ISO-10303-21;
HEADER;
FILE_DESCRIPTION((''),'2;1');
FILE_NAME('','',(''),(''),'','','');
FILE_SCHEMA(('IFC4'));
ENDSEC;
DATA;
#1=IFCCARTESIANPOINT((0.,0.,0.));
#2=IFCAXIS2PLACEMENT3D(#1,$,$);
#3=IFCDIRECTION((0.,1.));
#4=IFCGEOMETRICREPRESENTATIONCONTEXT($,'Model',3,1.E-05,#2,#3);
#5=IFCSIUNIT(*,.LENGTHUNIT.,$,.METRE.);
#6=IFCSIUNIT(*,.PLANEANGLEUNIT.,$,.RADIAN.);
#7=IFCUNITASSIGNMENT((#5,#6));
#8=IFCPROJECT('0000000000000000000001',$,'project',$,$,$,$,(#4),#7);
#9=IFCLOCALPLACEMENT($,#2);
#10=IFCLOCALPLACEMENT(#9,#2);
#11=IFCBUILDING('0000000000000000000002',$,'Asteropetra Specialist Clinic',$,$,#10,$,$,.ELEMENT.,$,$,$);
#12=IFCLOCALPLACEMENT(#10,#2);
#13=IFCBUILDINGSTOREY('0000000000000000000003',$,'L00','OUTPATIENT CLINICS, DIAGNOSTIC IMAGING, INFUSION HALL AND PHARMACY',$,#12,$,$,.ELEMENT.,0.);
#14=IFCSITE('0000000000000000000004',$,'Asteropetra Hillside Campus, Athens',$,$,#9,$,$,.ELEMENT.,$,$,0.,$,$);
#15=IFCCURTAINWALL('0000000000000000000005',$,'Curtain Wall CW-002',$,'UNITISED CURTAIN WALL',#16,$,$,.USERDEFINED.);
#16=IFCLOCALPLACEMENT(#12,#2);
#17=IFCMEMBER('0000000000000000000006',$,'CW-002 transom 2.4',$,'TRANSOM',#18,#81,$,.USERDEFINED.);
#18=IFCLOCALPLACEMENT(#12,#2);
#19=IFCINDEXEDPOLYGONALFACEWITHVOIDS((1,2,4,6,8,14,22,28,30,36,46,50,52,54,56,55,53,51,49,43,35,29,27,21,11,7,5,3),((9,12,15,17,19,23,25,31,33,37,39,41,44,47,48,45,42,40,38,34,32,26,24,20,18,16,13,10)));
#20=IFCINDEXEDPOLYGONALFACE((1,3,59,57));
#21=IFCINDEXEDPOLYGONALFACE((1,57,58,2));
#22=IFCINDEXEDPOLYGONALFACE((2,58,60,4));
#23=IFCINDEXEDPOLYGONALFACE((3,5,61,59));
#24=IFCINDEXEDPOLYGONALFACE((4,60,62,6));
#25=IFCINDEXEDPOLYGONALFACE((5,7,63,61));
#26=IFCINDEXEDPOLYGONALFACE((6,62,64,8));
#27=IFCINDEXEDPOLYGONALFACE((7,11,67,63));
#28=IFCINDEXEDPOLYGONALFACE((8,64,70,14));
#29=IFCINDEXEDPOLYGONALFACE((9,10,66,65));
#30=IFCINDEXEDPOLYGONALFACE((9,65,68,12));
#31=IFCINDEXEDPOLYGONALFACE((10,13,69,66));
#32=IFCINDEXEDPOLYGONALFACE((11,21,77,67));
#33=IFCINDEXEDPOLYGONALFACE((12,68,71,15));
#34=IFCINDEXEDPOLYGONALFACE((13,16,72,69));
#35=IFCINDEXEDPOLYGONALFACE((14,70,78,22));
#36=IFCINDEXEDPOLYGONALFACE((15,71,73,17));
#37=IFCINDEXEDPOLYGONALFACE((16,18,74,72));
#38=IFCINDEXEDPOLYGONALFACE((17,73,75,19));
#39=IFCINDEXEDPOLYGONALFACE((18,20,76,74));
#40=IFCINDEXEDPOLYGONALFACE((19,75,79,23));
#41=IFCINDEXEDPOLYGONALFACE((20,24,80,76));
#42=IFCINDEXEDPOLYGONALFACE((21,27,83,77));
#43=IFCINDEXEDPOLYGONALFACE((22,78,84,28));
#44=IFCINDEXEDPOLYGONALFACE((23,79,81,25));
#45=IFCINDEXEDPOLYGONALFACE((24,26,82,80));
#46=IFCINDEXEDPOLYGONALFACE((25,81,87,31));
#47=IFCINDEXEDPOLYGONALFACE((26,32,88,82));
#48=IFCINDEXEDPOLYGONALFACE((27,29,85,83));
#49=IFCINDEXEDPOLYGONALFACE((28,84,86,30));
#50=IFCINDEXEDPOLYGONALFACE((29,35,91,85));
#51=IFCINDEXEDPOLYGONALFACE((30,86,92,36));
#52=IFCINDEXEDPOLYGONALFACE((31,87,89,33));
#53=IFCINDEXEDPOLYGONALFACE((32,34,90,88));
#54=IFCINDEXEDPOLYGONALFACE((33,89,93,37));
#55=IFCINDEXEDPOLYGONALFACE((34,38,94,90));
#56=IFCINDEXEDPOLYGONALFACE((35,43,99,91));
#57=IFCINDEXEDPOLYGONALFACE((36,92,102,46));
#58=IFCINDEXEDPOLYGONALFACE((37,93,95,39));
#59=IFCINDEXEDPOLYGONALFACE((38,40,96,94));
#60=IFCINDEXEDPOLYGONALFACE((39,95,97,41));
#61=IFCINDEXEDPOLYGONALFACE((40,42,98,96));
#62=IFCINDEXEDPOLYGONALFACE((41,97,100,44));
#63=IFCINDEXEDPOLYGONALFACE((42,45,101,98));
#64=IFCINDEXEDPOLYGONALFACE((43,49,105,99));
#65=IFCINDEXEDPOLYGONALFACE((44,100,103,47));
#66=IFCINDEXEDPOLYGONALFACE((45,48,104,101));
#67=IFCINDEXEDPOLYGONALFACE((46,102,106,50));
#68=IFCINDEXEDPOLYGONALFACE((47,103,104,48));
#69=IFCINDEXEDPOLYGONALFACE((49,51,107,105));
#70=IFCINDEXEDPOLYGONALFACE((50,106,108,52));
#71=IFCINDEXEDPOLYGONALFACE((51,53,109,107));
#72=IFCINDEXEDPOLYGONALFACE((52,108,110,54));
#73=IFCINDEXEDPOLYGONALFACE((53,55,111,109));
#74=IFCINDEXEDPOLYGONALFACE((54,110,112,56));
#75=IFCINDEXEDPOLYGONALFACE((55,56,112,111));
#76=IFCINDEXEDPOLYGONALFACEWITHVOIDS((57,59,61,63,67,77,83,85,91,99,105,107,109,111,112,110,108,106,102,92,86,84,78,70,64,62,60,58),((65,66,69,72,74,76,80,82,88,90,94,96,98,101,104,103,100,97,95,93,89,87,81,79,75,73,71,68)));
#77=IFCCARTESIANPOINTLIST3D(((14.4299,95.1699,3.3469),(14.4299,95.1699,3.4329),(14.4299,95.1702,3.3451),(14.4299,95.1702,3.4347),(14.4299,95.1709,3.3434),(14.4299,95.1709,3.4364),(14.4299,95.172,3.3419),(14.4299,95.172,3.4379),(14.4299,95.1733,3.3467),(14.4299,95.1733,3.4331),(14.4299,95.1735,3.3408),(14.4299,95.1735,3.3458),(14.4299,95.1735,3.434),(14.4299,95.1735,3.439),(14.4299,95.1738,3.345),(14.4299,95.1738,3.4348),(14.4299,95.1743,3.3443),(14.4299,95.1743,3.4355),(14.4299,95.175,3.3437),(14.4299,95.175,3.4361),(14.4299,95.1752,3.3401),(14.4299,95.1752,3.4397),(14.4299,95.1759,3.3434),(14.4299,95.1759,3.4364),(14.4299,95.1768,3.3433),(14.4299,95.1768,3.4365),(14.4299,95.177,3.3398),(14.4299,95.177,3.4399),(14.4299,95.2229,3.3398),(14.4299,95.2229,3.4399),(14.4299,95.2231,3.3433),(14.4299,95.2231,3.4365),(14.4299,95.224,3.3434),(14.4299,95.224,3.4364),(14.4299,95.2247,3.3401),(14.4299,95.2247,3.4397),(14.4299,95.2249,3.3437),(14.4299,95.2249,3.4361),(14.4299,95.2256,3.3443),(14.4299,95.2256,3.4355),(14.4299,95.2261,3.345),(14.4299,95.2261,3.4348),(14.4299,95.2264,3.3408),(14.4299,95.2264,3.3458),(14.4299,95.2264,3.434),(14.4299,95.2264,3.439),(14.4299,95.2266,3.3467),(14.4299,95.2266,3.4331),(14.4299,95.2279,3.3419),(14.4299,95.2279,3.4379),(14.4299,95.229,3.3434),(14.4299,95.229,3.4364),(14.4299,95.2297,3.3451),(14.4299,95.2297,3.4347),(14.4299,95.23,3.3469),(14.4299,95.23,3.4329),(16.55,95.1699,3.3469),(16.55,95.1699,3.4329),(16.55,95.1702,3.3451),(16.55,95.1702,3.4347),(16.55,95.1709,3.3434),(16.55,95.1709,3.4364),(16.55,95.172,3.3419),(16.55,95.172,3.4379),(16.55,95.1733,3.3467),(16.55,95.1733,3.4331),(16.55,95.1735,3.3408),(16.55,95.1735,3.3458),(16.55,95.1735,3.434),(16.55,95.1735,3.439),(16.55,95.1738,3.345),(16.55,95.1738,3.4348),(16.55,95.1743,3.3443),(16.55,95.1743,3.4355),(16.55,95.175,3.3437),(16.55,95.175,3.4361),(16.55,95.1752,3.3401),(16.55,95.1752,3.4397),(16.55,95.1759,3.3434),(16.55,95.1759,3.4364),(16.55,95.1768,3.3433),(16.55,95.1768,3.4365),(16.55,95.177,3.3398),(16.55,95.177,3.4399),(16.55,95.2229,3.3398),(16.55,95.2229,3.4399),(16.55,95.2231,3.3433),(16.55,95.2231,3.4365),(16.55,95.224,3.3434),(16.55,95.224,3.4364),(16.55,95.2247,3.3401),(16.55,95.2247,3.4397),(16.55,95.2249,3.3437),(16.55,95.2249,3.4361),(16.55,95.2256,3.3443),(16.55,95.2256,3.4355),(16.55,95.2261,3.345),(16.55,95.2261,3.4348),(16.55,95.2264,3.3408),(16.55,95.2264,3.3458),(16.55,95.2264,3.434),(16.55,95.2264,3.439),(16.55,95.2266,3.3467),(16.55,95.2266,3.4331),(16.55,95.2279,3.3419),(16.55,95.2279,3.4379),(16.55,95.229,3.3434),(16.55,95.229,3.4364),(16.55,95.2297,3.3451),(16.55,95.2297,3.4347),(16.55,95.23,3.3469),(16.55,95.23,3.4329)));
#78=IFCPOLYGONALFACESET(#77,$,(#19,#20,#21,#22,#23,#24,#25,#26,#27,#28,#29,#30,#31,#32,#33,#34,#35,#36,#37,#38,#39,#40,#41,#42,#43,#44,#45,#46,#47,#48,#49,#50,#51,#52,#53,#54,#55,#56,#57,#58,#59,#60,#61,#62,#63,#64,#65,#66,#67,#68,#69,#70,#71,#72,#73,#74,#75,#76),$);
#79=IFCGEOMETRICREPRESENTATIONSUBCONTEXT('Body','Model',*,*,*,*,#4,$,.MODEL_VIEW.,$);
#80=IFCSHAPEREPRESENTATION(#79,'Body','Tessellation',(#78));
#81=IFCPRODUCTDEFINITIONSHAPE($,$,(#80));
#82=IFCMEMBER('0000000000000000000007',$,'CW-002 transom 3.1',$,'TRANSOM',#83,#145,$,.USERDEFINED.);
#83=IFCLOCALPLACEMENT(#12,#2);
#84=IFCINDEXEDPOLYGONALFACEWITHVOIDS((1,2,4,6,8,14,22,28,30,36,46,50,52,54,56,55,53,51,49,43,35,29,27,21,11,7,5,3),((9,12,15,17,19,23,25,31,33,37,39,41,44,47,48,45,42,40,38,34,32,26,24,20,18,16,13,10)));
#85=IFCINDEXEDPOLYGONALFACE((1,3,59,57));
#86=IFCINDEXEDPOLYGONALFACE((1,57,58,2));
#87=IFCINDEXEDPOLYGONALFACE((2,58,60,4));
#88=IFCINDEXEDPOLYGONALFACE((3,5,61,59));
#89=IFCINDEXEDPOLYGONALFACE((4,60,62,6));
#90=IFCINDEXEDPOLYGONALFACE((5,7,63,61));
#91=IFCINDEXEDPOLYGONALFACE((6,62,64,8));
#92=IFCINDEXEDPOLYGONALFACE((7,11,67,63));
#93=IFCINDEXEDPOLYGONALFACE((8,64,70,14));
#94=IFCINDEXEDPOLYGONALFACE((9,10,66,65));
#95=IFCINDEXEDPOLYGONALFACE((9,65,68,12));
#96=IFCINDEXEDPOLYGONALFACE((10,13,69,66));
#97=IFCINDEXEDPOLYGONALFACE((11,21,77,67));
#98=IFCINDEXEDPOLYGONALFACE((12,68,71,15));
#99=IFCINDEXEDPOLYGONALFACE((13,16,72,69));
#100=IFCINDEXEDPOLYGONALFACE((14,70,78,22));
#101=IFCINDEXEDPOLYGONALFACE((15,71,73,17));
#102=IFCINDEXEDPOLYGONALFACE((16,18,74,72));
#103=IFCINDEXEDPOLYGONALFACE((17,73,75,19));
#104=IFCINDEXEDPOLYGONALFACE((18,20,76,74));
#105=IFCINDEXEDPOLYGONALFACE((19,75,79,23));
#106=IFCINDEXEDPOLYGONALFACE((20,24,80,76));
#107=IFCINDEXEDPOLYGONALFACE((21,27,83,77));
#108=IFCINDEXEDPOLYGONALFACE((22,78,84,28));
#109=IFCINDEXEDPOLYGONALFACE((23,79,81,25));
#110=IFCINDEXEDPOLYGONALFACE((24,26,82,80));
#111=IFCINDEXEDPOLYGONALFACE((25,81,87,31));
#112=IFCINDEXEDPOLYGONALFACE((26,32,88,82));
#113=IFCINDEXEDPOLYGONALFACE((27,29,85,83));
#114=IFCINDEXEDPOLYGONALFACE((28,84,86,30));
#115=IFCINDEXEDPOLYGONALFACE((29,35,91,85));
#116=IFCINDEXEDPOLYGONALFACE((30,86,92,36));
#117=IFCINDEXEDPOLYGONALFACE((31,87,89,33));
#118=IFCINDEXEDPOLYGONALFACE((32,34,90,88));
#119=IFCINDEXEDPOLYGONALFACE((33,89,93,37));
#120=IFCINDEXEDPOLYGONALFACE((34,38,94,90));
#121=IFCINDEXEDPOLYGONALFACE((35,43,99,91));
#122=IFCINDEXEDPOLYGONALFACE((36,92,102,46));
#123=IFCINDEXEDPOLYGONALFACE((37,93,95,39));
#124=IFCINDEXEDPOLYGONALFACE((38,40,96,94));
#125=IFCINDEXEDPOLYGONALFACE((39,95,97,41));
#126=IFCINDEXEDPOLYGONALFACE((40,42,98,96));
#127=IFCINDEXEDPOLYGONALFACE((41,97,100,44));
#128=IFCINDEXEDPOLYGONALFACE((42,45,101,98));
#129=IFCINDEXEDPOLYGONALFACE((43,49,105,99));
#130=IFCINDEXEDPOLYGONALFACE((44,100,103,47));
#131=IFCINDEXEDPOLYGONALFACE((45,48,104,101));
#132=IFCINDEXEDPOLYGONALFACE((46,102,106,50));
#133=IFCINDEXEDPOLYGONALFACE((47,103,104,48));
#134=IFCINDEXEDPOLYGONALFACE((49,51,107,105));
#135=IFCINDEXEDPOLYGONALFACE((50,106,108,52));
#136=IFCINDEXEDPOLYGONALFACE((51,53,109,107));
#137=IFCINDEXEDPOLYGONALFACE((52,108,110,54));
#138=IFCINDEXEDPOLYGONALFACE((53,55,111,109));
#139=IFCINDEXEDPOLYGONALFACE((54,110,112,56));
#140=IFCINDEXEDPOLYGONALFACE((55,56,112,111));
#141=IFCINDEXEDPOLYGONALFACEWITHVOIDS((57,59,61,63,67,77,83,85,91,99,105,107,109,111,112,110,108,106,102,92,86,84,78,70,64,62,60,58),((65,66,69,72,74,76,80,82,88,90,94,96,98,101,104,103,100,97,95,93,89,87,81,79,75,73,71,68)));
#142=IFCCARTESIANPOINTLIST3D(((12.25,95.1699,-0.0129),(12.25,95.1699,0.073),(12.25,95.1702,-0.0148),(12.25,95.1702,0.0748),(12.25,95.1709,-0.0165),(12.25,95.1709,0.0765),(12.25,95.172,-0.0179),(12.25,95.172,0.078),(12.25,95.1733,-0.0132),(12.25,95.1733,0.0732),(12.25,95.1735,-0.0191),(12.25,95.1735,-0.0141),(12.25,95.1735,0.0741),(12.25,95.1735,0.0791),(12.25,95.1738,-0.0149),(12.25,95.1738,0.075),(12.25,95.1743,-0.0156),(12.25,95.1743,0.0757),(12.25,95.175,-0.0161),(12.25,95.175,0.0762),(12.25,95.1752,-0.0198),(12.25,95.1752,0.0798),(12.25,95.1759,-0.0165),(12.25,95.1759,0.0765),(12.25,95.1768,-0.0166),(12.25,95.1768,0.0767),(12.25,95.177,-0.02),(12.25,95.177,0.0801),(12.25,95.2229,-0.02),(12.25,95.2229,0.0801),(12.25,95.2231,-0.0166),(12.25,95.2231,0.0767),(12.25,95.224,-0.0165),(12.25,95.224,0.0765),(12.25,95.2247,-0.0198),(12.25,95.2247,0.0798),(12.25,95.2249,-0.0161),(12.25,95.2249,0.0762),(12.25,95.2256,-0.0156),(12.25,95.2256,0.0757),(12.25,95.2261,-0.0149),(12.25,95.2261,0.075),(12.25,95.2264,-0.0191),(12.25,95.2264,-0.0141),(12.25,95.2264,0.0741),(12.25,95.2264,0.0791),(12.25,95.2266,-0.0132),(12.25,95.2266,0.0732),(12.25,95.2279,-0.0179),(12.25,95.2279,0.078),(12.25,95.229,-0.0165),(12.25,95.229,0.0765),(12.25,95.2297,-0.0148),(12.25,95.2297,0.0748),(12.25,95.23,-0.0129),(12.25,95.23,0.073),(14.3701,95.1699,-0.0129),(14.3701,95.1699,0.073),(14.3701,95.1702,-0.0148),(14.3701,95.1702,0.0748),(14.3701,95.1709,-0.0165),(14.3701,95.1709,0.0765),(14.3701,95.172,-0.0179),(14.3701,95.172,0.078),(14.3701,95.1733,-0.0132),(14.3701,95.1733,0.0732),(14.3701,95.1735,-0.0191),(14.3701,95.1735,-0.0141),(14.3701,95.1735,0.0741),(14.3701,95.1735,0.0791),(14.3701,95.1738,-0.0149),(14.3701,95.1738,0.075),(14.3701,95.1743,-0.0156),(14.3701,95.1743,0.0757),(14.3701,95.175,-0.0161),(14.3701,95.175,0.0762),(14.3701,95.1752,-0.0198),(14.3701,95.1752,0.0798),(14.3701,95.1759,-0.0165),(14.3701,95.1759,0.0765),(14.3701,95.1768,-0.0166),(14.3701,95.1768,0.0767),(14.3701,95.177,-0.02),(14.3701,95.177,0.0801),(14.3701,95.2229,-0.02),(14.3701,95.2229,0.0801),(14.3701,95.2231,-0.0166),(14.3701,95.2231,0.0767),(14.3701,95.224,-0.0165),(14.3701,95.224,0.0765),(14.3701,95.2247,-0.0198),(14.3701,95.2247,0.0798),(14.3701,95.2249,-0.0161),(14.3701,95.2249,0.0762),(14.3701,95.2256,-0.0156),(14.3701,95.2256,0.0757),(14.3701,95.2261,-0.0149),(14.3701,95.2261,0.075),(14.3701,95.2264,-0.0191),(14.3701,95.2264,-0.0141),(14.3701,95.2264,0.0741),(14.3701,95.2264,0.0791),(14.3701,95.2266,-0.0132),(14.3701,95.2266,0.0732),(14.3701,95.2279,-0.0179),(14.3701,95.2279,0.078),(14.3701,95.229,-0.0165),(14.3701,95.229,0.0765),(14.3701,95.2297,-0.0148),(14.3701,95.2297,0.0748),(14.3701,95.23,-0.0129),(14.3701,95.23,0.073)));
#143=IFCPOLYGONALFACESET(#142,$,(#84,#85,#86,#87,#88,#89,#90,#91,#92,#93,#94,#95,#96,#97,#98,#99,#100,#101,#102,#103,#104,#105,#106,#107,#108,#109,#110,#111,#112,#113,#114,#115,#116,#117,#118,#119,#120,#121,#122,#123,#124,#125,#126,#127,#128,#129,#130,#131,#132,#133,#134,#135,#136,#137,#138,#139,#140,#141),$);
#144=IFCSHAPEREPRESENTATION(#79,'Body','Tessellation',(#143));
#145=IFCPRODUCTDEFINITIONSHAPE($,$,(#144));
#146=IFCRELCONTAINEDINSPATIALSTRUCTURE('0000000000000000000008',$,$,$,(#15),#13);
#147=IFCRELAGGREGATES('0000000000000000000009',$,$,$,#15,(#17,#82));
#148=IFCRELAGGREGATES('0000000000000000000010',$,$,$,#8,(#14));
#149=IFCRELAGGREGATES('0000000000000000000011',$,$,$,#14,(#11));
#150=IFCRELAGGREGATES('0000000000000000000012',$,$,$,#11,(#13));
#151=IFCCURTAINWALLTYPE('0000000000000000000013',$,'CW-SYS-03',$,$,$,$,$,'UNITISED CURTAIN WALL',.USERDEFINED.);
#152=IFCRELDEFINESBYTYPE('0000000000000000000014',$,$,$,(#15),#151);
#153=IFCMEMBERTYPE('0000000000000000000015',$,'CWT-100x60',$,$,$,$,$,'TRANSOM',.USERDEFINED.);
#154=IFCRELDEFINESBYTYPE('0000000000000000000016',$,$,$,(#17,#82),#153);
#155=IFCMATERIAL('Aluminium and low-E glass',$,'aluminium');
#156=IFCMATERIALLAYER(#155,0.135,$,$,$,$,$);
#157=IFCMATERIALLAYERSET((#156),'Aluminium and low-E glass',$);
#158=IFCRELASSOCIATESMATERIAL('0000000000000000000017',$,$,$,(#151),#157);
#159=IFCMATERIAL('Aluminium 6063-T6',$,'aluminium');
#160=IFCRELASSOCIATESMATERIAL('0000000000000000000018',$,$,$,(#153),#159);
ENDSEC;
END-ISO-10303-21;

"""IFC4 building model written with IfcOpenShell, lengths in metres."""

from ifc_helpers import new_model, si_unit, direction, frame, origin, origin_2d, place, context, subcontext, project, spatial, hollow_rectangle, extrude, material, layer, layer_set, material_profile, profile_set, type_object, element, aggregate, save


model = new_model("IFC4")

# Units and contexts
model_context = context("Model", 3, precision=1e-05, world=origin(), true_north=direction((0.0, 1.0)))
body_context = subcontext(model_context, "Body", "Model", "MODEL_VIEW")
ifc_project = project(units=[si_unit("LENGTHUNIT", "METRE"), si_unit("PLANEANGLEUNIT", "RADIAN")], contexts=[model_context])

# Site, building, storey
site_placement = place(None, origin())
site = spatial("IfcSite", under=ifc_project, at=site_placement, Name="Asteropetra Hillside Campus, Athens", CompositionType="ELEMENT", RefElevation=0.0)
building_placement = place(site_placement, origin())
building = spatial("IfcBuilding", under=site, at=building_placement, Name="Asteropetra Specialist Clinic", CompositionType="ELEMENT")
storey_placement = place(building_placement, origin())
storey = spatial("IfcBuildingStorey", under=building, at=storey_placement, Name="L00", Description="OUTPATIENT CLINICS, DIAGNOSTIC IMAGING, INFUSION HALL AND PHARMACY", CompositionType="ELEMENT", Elevation=0.0)

# Curtain wall
ifc_material_1 = material(Name="Aluminium and low-E glass", Category="aluminium")
ifc_layer_1 = layer(ifc_material_1, 0.135)
ifc_layer_set_1 = layer_set([ifc_layer_1], Name="Aluminium and low-E glass")
curtain_wall_type_1 = type_object("IfcCurtainWallType", Name="CW-SYS-03", ElementType="UNITISED CURTAIN WALL", PredefinedType="USERDEFINED", material=ifc_layer_set_1)
curtain_wall_1_placement = place(storey_placement, origin())
curtain_wall_1 = element("IfcCurtainWall", 1, at=curtain_wall_1_placement, inside=storey, type_object=curtain_wall_type_1, Name="Curtain Wall CW-002", ObjectType="UNITISED CURTAIN WALL", PredefinedType="USERDEFINED")

# Members
ifc_material_2 = material(Name="Aluminium 6063-T6", Category="aluminium")
ifc_material_profile_1 = material_profile(ifc_material_2, hollow_rectangle(XDim=0.0601, YDim=0.1001, WallThickness=0.0034, InnerFilletRadius=0.0034, OuterFilletRadius=0.0071, at=origin_2d()), Name="TRN 100x60x3.5")
ifc_profile_set_1 = profile_set([ifc_material_profile_1], Name="Aluminium 6063-T6")
member_type_1 = type_object("IfcMemberType", Name="CWT-100x60", ElementType="TRANSOM", PredefinedType="USERDEFINED", material=ifc_profile_set_1)
member_1_placement = place(storey_placement, frame((16.55, 95.2, 3.3899), z_axis=(-1.0, 0.0, 0.0), x_axis=(0.0, -1.0, 0.0)))
member_1 = element("IfcMember", 2, at=member_1_placement, type_object=member_type_1, Name="CW-002 transom 2.4", ObjectType="TRANSOM", PredefinedType="USERDEFINED", context=body_context, shape_type="SweptSolid", body=[
    extrude(hollow_rectangle(XDim=0.0601, YDim=0.1001, WallThickness=0.0034, InnerFilletRadius=0.0034, OuterFilletRadius=0.0071, at=origin_2d()), origin(), (0.0, 0.0, 1.0), 2.1201),
])
member_2_placement = place(storey_placement, frame((14.3701, 95.2, 0.03), z_axis=(-1.0, 0.0, 0.0), x_axis=(0.0, -1.0, 0.0)))
member_2 = element("IfcMember", 3, at=member_2_placement, type_object=member_type_1, Name="CW-002 transom 3.1", ObjectType="TRANSOM", PredefinedType="USERDEFINED", context=body_context, shape_type="SweptSolid", body=[
    extrude(hollow_rectangle(XDim=0.0601, YDim=0.1001, WallThickness=0.0034, InnerFilletRadius=0.0034, OuterFilletRadius=0.0071, at=origin_2d()), origin(), (0.0, 0.0, 1.0), 2.1201),
])

aggregate(curtain_wall_1, [member_1, member_2])

save(model, "model.ifc")
